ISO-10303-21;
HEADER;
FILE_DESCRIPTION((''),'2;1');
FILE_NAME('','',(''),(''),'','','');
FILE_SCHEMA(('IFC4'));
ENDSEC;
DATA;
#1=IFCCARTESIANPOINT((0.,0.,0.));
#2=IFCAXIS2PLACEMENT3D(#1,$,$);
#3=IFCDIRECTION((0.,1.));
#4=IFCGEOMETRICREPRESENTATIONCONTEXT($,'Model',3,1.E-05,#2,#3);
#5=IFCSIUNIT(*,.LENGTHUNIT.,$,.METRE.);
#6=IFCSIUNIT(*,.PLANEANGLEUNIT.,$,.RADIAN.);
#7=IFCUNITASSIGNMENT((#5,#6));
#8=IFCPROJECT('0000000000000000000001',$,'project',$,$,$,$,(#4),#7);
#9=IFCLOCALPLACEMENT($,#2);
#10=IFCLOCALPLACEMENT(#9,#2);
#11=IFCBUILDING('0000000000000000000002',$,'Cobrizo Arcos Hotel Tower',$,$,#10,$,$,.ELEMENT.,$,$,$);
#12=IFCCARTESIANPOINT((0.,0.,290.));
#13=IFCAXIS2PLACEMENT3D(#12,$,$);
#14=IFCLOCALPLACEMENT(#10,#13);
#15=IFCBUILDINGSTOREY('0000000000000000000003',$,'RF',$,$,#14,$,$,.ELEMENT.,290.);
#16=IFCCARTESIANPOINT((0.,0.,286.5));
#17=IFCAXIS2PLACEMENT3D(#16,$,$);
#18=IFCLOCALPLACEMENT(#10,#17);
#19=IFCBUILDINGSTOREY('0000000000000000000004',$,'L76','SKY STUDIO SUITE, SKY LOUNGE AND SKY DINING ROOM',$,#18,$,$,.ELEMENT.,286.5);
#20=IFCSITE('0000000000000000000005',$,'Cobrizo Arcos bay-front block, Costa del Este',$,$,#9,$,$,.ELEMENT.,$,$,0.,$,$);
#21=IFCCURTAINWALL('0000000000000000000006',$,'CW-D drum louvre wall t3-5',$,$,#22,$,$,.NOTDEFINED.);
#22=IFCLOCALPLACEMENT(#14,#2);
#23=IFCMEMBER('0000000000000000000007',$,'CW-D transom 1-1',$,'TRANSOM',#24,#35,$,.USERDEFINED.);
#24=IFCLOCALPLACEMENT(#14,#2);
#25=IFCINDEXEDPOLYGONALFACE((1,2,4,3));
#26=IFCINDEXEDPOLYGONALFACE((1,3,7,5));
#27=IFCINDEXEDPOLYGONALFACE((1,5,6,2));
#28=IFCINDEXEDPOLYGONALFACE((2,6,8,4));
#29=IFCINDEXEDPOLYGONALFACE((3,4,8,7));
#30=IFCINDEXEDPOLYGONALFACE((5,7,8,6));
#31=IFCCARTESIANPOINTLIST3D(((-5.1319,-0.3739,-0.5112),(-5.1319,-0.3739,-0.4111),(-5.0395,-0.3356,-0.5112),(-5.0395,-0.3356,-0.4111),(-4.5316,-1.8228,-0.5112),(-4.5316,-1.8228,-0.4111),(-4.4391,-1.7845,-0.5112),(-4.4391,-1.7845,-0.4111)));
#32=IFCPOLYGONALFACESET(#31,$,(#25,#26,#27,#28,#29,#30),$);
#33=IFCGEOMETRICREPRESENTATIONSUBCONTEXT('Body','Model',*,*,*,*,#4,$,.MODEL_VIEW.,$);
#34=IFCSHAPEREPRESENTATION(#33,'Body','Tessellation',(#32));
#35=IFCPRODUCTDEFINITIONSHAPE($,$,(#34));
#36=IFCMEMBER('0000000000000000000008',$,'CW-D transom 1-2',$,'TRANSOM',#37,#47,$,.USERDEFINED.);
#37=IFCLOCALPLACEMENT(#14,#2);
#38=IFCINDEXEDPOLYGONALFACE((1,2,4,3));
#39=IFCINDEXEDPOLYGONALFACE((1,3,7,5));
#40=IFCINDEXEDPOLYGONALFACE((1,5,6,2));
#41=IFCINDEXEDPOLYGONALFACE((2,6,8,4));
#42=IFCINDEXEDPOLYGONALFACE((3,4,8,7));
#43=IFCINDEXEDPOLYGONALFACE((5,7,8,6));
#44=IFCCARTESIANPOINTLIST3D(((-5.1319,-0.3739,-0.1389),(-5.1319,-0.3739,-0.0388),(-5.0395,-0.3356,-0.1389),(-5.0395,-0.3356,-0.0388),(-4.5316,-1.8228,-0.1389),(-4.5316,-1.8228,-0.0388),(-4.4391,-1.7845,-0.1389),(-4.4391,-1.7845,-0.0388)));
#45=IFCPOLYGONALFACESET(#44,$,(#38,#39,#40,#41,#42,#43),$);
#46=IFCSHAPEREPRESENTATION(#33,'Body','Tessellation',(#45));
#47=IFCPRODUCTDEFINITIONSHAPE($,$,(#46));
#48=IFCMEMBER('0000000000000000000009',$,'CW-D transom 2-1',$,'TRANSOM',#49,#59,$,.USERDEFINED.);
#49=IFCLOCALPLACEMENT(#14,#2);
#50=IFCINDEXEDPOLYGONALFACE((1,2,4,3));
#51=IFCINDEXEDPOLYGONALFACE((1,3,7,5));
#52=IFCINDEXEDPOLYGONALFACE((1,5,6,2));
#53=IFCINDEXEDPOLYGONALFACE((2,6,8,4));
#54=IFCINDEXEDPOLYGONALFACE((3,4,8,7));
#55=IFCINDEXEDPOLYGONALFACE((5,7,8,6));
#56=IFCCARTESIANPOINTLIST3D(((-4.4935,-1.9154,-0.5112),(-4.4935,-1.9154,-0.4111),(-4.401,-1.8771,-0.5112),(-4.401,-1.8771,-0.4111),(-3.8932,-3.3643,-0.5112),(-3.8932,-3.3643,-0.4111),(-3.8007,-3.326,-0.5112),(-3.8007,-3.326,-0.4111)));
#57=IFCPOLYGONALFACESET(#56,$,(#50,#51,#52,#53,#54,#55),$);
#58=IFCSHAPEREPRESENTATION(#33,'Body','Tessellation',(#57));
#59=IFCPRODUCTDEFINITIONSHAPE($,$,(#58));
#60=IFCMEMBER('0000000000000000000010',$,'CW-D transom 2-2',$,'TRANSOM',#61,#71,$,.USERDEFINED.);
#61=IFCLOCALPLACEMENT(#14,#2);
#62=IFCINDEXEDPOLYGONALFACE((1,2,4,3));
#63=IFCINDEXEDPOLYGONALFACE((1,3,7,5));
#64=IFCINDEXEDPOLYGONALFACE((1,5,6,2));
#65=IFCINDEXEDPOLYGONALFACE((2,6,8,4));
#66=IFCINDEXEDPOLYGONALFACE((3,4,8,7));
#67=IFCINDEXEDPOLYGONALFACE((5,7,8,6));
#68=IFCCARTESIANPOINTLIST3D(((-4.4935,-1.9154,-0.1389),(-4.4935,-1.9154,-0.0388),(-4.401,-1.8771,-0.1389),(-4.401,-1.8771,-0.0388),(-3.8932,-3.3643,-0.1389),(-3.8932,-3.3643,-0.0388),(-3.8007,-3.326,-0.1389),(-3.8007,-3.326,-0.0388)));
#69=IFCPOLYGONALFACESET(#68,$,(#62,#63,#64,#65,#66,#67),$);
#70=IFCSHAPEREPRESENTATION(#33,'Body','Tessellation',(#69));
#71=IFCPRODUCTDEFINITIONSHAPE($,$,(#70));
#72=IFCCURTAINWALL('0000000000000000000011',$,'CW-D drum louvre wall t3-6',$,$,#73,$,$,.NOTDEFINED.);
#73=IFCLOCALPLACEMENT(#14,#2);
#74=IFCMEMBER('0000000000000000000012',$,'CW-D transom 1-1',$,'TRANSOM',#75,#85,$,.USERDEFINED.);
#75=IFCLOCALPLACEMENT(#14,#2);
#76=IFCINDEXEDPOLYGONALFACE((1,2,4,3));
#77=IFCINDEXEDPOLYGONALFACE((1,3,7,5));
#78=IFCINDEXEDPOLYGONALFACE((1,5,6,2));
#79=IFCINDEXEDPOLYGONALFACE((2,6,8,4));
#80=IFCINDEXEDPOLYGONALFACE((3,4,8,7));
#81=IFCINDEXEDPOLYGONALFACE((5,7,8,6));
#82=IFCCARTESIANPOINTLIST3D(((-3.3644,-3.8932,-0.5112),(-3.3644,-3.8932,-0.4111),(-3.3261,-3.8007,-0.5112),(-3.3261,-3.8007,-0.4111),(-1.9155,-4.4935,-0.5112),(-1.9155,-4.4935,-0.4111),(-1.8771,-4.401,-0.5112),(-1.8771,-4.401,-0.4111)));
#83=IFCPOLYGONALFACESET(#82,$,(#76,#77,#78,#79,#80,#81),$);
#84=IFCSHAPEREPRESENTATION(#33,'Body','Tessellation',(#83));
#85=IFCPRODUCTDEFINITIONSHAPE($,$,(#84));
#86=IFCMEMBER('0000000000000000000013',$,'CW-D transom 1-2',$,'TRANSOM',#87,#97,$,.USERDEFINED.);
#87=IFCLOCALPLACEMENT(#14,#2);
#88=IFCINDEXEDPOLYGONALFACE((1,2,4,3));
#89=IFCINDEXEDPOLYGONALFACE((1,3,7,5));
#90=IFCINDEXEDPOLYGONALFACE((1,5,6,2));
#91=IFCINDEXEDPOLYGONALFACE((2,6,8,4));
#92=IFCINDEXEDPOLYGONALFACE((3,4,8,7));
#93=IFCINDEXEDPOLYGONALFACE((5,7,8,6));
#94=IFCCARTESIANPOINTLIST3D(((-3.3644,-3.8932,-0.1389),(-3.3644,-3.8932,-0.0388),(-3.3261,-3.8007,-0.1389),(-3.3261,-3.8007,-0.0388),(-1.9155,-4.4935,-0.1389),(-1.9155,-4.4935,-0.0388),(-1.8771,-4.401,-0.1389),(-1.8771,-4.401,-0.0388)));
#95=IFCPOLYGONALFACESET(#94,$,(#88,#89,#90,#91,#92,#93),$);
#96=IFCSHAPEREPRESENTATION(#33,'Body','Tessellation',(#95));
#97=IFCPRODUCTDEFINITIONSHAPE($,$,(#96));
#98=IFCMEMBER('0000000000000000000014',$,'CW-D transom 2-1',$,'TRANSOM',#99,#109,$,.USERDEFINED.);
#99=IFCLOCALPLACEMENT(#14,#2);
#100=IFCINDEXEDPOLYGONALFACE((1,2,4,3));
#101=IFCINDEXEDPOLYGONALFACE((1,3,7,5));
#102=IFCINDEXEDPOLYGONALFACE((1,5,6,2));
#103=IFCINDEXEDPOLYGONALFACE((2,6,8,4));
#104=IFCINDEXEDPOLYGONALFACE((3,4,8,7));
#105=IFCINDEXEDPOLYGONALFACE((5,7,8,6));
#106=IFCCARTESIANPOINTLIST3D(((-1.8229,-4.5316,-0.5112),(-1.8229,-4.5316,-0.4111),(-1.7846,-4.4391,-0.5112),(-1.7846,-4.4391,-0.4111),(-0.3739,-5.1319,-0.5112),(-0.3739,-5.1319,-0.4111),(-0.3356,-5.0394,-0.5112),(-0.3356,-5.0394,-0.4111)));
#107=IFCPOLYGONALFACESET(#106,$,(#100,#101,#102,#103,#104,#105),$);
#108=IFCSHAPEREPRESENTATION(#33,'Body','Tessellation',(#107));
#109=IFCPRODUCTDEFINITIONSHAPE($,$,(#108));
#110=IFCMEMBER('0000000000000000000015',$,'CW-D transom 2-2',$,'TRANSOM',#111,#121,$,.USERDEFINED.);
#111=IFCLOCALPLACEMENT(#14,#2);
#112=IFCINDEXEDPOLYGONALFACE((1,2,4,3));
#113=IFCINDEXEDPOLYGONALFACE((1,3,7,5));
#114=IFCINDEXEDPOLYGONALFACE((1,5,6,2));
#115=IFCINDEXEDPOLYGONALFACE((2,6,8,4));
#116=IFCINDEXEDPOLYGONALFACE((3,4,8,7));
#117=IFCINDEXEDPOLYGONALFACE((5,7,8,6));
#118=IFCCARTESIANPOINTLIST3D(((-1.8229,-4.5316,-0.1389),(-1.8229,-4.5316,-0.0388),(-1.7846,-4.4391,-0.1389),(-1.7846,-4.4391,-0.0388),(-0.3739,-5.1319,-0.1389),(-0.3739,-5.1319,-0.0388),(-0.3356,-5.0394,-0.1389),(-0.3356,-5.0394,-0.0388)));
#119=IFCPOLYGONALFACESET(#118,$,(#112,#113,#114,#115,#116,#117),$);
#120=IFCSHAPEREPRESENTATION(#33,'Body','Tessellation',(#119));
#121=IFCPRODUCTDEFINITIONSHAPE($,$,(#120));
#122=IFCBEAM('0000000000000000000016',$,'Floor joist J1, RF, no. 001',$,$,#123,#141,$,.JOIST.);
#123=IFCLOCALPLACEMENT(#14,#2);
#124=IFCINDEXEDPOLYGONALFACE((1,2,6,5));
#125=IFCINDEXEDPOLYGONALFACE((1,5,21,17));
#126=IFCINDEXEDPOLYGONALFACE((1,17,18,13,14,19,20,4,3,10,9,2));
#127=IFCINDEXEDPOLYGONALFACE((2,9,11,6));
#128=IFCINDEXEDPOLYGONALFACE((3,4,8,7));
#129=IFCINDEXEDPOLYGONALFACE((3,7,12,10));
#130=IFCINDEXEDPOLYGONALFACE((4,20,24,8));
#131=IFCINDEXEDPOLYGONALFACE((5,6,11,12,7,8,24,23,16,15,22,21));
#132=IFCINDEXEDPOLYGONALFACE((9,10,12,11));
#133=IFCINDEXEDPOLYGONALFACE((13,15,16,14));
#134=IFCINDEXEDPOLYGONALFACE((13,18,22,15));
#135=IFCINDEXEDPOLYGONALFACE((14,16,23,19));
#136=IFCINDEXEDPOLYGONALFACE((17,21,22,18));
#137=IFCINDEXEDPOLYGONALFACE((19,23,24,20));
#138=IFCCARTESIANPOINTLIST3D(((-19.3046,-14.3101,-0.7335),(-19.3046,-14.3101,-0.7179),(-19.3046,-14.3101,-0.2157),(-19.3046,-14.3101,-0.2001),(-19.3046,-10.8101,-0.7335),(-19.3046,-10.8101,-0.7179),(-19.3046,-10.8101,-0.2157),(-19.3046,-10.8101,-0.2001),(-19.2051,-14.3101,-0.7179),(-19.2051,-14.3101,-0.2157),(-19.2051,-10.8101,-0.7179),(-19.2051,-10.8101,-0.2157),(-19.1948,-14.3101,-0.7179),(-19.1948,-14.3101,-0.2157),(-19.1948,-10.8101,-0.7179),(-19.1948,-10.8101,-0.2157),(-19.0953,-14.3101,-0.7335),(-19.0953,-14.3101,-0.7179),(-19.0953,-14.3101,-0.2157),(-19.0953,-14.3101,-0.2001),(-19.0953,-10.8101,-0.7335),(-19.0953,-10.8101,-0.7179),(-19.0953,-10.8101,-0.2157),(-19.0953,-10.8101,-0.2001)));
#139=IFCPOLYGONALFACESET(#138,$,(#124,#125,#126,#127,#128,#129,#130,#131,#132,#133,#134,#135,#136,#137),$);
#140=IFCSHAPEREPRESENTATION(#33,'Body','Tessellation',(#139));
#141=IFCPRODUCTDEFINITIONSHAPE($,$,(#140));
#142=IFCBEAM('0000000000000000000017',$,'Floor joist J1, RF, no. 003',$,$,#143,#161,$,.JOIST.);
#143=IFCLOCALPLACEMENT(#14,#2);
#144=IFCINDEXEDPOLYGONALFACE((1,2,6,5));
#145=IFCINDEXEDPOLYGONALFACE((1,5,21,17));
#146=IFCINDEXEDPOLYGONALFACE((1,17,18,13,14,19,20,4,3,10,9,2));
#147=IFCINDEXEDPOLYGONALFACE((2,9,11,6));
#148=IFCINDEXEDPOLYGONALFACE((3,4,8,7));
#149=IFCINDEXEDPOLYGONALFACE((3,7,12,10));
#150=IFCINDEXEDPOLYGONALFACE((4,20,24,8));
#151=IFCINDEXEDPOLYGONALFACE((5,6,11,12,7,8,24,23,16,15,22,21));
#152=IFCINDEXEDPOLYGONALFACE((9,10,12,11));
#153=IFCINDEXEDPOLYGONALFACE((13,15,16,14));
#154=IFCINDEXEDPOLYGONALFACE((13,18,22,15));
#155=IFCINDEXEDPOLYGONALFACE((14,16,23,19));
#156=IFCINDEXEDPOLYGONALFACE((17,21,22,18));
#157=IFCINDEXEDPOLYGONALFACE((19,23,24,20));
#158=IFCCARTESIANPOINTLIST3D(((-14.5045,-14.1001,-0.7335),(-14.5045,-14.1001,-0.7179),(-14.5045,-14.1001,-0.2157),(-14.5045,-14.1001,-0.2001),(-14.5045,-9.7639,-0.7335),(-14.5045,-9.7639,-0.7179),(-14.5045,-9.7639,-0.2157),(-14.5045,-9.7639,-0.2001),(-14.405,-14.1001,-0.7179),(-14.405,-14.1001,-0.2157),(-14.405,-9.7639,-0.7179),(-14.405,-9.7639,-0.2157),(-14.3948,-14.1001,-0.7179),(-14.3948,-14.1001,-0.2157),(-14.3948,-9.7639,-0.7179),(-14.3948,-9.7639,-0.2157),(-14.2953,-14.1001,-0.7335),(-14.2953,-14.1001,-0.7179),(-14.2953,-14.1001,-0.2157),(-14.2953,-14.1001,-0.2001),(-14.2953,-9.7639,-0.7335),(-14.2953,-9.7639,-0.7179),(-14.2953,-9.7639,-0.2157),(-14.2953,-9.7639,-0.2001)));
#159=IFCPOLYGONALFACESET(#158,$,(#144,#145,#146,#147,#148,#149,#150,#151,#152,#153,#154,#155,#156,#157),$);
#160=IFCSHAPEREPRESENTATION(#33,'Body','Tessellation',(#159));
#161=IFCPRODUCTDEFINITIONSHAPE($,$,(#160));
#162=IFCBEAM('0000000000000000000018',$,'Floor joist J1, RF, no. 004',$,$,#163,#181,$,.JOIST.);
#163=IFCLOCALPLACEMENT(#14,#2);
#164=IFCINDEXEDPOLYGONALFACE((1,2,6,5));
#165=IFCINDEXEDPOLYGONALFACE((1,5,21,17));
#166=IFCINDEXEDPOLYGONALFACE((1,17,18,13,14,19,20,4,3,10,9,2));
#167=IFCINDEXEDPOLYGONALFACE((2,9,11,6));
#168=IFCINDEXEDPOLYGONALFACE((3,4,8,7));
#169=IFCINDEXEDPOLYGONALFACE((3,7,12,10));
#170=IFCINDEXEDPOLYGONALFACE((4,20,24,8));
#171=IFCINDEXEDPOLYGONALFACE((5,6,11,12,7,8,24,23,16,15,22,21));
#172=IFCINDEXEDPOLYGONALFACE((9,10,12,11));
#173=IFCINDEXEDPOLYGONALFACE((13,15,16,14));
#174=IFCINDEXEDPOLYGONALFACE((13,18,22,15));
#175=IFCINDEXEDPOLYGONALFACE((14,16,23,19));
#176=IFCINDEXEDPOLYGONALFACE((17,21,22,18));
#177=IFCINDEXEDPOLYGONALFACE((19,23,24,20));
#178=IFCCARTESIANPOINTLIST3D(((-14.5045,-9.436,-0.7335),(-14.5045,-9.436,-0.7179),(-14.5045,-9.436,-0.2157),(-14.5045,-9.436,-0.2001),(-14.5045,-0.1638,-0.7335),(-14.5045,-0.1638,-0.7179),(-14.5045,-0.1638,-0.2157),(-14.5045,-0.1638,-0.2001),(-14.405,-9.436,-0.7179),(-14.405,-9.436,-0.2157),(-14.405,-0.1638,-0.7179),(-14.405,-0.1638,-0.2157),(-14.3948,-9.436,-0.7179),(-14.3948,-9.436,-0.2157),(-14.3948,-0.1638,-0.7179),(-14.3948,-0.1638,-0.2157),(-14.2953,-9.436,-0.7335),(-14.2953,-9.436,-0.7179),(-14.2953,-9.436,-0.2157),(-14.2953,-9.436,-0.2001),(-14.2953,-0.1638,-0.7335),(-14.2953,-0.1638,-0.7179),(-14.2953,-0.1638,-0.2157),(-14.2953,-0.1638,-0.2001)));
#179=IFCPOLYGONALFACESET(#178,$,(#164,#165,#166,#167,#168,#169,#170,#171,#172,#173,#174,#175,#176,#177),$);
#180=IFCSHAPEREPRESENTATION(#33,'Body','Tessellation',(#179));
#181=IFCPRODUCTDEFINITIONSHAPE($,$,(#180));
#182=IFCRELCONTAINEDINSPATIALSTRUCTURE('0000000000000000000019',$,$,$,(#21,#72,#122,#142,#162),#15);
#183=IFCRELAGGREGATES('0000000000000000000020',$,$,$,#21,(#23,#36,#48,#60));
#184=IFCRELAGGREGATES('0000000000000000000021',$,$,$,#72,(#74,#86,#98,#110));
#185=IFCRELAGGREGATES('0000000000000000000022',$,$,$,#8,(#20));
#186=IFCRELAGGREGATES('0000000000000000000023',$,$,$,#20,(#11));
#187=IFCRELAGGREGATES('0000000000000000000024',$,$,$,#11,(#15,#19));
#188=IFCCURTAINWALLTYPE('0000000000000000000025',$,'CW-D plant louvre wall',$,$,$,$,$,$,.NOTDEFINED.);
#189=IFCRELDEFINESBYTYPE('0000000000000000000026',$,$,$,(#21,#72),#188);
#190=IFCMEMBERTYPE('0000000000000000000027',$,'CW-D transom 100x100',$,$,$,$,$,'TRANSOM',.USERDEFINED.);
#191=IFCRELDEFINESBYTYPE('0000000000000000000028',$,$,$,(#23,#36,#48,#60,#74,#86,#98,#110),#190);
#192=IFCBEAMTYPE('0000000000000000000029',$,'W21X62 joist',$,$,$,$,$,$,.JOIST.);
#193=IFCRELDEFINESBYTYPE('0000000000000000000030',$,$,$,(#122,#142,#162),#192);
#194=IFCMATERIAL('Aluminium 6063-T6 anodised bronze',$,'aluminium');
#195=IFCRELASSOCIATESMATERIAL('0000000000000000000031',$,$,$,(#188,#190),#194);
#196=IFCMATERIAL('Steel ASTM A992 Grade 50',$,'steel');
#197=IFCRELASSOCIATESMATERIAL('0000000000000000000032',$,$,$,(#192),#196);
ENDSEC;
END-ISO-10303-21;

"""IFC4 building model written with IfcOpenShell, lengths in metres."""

from ifc_helpers import new_model, si_unit, direction, frame, origin, origin_2d, place, context, subcontext, project, spatial, rectangle, i_section, extrude, material, material_profile, profile_set, type_object, element, aggregate, save


model = new_model("IFC4")

# Units and contexts
model_context = context("Model", 3, precision=1e-05, world=origin(), true_north=direction((0.0, 1.0)))
body_context = subcontext(model_context, "Body", "Model", "MODEL_VIEW")
ifc_project = project(units=[si_unit("LENGTHUNIT", "METRE"), si_unit("PLANEANGLEUNIT", "RADIAN")], contexts=[model_context])

# Site, building, storey
site_placement = place(None, origin())
site = spatial("IfcSite", under=ifc_project, at=site_placement, Name="Cobrizo Arcos bay-front block, Costa del Este", CompositionType="ELEMENT", RefElevation=0.0)
building_placement = place(site_placement, origin())
building = spatial("IfcBuilding", under=site, at=building_placement, Name="Cobrizo Arcos Hotel Tower", CompositionType="ELEMENT")
storey_1_placement = place(building_placement, frame((0.0, 0.0, 290.0)))
storey_1 = spatial("IfcBuildingStorey", under=building, at=storey_1_placement, Name="RF", CompositionType="ELEMENT", Elevation=290.0)

# Curtain walls, members
ifc_material_1 = material(Name="Aluminium 6063-T6 anodised bronze", Category="aluminium")
curtain_wall_type = type_object("IfcCurtainWallType", Name="CW-D plant louvre wall", PredefinedType="NOTDEFINED", material=ifc_material_1)
curtain_wall_1_placement = place(storey_1_placement, origin())
curtain_wall_1 = element("IfcCurtainWall", 1, at=curtain_wall_1_placement, inside=storey_1, type_object=curtain_wall_type, Name="CW-D drum louvre wall t3-5", PredefinedType="NOTDEFINED")
ifc_material_profile_1 = material_profile(ifc_material_1, rectangle(XDim=0.1001, YDim=0.1001, at=origin_2d()), Name="CW-D transom 100x100")
ifc_profile_set_1 = profile_set([ifc_material_profile_1], Name="Aluminium 6063-T6 anodised bronze")
member_type = type_object("IfcMemberType", Name="CW-D transom 100x100", ElementType="TRANSOM", PredefinedType="USERDEFINED", material=ifc_profile_set_1)
member_1_placement = place(storey_1_placement, frame((-5.0857, -0.3547, -0.4612), z_axis=(0.382769, -0.923844, 0.0), x_axis=(0.923844, 0.382769, 0.0)))
member_1 = element("IfcMember", 2, at=member_1_placement, type_object=member_type, Name="CW-D transom 1-1", ObjectType="TRANSOM", PredefinedType="USERDEFINED", context=body_context, shape_type="SweptSolid", body=[
    extrude(rectangle(XDim=0.1001, YDim=0.1001, at=origin_2d()), origin(), (0.0, 0.0, 1.0), 1.5684),
])
member_2_placement = place(storey_1_placement, frame((-5.0857, -0.3547, -0.0889), z_axis=(0.382769, -0.923844, 0.0), x_axis=(0.923844, 0.382769, 0.0)))
member_2 = element("IfcMember", 3, at=member_2_placement, type_object=member_type, Name="CW-D transom 1-2", ObjectType="TRANSOM", PredefinedType="USERDEFINED", context=body_context, shape_type="SweptSolid", body=[
    extrude(rectangle(XDim=0.1001, YDim=0.1001, at=origin_2d()), origin(), (0.0, 0.0, 1.0), 1.5684),
])
member_3_placement = place(storey_1_placement, frame((-4.4473, -1.8962, -0.4612), z_axis=(0.382769, -0.923844, 0.0), x_axis=(0.923844, 0.382769, 0.0)))
member_3 = element("IfcMember", 4, at=member_3_placement, type_object=member_type, Name="CW-D transom 2-1", ObjectType="TRANSOM", PredefinedType="USERDEFINED", context=body_context, shape_type="SweptSolid", body=[
    extrude(rectangle(XDim=0.1001, YDim=0.1001, at=origin_2d()), origin(), (0.0, 0.0, 1.0), 1.5684),
])
member_4_placement = place(storey_1_placement, frame((-4.4473, -1.8962, -0.0889), z_axis=(0.382769, -0.923844, 0.0), x_axis=(0.923844, 0.382769, 0.0)))
member_4 = element("IfcMember", 5, at=member_4_placement, type_object=member_type, Name="CW-D transom 2-2", ObjectType="TRANSOM", PredefinedType="USERDEFINED", context=body_context, shape_type="SweptSolid", body=[
    extrude(rectangle(XDim=0.1001, YDim=0.1001, at=origin_2d()), origin(), (0.0, 0.0, 1.0), 1.5684),
])
curtain_wall_2_placement = place(storey_1_placement, origin())
curtain_wall_2 = element("IfcCurtainWall", 6, at=curtain_wall_2_placement, inside=storey_1, type_object=curtain_wall_type, Name="CW-D drum louvre wall t3-6", PredefinedType="NOTDEFINED")
member_5_placement = place(storey_1_placement, frame((-3.3452, -3.8469, -0.4612), z_axis=(0.923844, -0.382769, 0.0), x_axis=(0.382769, 0.923844, 0.0)))
member_5 = element("IfcMember", 7, at=member_5_placement, type_object=member_type, Name="CW-D transom 1-1", ObjectType="TRANSOM", PredefinedType="USERDEFINED", context=body_context, shape_type="SweptSolid", body=[
    extrude(rectangle(XDim=0.1001, YDim=0.1001, at=origin_2d()), origin(), (0.0, 0.0, 1.0), 1.5684),
])
member_6_placement = place(storey_1_placement, frame((-3.3452, -3.8469, -0.0889), z_axis=(0.923844, -0.382769, 0.0), x_axis=(0.382769, 0.923844, 0.0)))
member_6 = element("IfcMember", 8, at=member_6_placement, type_object=member_type, Name="CW-D transom 1-2", ObjectType="TRANSOM", PredefinedType="USERDEFINED", context=body_context, shape_type="SweptSolid", body=[
    extrude(rectangle(XDim=0.1001, YDim=0.1001, at=origin_2d()), origin(), (0.0, 0.0, 1.0), 1.5684),
])
member_7_placement = place(storey_1_placement, frame((-1.8037, -4.4854, -0.4612), z_axis=(0.923844, -0.382769, 0.0), x_axis=(0.382769, 0.923844, 0.0)))
member_7 = element("IfcMember", 9, at=member_7_placement, type_object=member_type, Name="CW-D transom 2-1", ObjectType="TRANSOM", PredefinedType="USERDEFINED", context=body_context, shape_type="SweptSolid", body=[
    extrude(rectangle(XDim=0.1001, YDim=0.1001, at=origin_2d()), origin(), (0.0, 0.0, 1.0), 1.5684),
])
member_8_placement = place(storey_1_placement, frame((-1.8037, -4.4854, -0.0889), z_axis=(0.923844, -0.382769, 0.0), x_axis=(0.382769, 0.923844, 0.0)))
member_8 = element("IfcMember", 10, at=member_8_placement, type_object=member_type, Name="CW-D transom 2-2", ObjectType="TRANSOM", PredefinedType="USERDEFINED", context=body_context, shape_type="SweptSolid", body=[
    extrude(rectangle(XDim=0.1001, YDim=0.1001, at=origin_2d()), origin(), (0.0, 0.0, 1.0), 1.5684),
])

# Beams
ifc_material_2 = material(Name="Steel ASTM A992 Grade 50", Category="steel")
ifc_material_profile_2 = material_profile(ifc_material_2, i_section(OverallWidth=0.2092, OverallDepth=0.5334, WebThickness=0.0103, FlangeThickness=0.0156, at=origin_2d()), Name="W21X62")
ifc_profile_set_2 = profile_set([ifc_material_profile_2], Name="Steel ASTM A992 Grade 50")
beam_type_1 = type_object("IfcBeamType", Name="W21X62 joist", PredefinedType="JOIST", material=ifc_profile_set_2)
beam_1_placement = place(storey_1_placement, frame((-19.2, -14.3101, -0.4668), z_axis=(0.0, 1.0, 0.0), x_axis=(-1.0, 0.0, 0.0)))
element("IfcBeam", 11, at=beam_1_placement, inside=storey_1, type_object=beam_type_1, Name="Floor joist J1, RF, no. 001", PredefinedType="JOIST", context=body_context, shape_type="SweptSolid", body=[
    extrude(i_section(OverallWidth=0.2092, OverallDepth=0.5334, WebThickness=0.0103, FlangeThickness=0.0156, at=origin_2d()), origin(), (0.0, 0.0, 1.0), 3.5),
])
beam_2_placement = place(storey_1_placement, frame((-14.3999, -14.1001, -0.4668), z_axis=(0.0, 1.0, 0.0), x_axis=(-1.0, 0.0, 0.0)))
element("IfcBeam", 12, at=beam_2_placement, inside=storey_1, type_object=beam_type_1, Name="Floor joist J1, RF, no. 003", PredefinedType="JOIST", context=body_context, shape_type="SweptSolid", body=[
    extrude(i_section(OverallWidth=0.2092, OverallDepth=0.5334, WebThickness=0.0103, FlangeThickness=0.0156, at=origin_2d()), origin(), (0.0, 0.0, 1.0), 4.3362),
])
beam_3_placement = place(storey_1_placement, frame((-14.3999, -9.436, -0.4668), z_axis=(0.0, 1.0, 0.0), x_axis=(-1.0, 0.0, 0.0)))
element("IfcBeam", 13, at=beam_3_placement, inside=storey_1, type_object=beam_type_1, Name="Floor joist J1, RF, no. 004", PredefinedType="JOIST", context=body_context, shape_type="SweptSolid", body=[
    extrude(i_section(OverallWidth=0.2092, OverallDepth=0.5334, WebThickness=0.0103, FlangeThickness=0.0156, at=origin_2d()), origin(), (0.0, 0.0, 1.0), 9.2722),
])

aggregate(curtain_wall_1, [member_1, member_2, member_3, member_4])
aggregate(curtain_wall_2, [member_5, member_6, member_7, member_8])

# Shared definitions
storey_2_placement = place(building_placement, frame((0.0, 0.0, 286.5)))
storey_2 = spatial("IfcBuildingStorey", under=building, at=storey_2_placement, Name="L76", Description="SKY STUDIO SUITE, SKY LOUNGE AND SKY DINING ROOM", CompositionType="ELEMENT", Elevation=286.5)

save(model, "model.ifc")
